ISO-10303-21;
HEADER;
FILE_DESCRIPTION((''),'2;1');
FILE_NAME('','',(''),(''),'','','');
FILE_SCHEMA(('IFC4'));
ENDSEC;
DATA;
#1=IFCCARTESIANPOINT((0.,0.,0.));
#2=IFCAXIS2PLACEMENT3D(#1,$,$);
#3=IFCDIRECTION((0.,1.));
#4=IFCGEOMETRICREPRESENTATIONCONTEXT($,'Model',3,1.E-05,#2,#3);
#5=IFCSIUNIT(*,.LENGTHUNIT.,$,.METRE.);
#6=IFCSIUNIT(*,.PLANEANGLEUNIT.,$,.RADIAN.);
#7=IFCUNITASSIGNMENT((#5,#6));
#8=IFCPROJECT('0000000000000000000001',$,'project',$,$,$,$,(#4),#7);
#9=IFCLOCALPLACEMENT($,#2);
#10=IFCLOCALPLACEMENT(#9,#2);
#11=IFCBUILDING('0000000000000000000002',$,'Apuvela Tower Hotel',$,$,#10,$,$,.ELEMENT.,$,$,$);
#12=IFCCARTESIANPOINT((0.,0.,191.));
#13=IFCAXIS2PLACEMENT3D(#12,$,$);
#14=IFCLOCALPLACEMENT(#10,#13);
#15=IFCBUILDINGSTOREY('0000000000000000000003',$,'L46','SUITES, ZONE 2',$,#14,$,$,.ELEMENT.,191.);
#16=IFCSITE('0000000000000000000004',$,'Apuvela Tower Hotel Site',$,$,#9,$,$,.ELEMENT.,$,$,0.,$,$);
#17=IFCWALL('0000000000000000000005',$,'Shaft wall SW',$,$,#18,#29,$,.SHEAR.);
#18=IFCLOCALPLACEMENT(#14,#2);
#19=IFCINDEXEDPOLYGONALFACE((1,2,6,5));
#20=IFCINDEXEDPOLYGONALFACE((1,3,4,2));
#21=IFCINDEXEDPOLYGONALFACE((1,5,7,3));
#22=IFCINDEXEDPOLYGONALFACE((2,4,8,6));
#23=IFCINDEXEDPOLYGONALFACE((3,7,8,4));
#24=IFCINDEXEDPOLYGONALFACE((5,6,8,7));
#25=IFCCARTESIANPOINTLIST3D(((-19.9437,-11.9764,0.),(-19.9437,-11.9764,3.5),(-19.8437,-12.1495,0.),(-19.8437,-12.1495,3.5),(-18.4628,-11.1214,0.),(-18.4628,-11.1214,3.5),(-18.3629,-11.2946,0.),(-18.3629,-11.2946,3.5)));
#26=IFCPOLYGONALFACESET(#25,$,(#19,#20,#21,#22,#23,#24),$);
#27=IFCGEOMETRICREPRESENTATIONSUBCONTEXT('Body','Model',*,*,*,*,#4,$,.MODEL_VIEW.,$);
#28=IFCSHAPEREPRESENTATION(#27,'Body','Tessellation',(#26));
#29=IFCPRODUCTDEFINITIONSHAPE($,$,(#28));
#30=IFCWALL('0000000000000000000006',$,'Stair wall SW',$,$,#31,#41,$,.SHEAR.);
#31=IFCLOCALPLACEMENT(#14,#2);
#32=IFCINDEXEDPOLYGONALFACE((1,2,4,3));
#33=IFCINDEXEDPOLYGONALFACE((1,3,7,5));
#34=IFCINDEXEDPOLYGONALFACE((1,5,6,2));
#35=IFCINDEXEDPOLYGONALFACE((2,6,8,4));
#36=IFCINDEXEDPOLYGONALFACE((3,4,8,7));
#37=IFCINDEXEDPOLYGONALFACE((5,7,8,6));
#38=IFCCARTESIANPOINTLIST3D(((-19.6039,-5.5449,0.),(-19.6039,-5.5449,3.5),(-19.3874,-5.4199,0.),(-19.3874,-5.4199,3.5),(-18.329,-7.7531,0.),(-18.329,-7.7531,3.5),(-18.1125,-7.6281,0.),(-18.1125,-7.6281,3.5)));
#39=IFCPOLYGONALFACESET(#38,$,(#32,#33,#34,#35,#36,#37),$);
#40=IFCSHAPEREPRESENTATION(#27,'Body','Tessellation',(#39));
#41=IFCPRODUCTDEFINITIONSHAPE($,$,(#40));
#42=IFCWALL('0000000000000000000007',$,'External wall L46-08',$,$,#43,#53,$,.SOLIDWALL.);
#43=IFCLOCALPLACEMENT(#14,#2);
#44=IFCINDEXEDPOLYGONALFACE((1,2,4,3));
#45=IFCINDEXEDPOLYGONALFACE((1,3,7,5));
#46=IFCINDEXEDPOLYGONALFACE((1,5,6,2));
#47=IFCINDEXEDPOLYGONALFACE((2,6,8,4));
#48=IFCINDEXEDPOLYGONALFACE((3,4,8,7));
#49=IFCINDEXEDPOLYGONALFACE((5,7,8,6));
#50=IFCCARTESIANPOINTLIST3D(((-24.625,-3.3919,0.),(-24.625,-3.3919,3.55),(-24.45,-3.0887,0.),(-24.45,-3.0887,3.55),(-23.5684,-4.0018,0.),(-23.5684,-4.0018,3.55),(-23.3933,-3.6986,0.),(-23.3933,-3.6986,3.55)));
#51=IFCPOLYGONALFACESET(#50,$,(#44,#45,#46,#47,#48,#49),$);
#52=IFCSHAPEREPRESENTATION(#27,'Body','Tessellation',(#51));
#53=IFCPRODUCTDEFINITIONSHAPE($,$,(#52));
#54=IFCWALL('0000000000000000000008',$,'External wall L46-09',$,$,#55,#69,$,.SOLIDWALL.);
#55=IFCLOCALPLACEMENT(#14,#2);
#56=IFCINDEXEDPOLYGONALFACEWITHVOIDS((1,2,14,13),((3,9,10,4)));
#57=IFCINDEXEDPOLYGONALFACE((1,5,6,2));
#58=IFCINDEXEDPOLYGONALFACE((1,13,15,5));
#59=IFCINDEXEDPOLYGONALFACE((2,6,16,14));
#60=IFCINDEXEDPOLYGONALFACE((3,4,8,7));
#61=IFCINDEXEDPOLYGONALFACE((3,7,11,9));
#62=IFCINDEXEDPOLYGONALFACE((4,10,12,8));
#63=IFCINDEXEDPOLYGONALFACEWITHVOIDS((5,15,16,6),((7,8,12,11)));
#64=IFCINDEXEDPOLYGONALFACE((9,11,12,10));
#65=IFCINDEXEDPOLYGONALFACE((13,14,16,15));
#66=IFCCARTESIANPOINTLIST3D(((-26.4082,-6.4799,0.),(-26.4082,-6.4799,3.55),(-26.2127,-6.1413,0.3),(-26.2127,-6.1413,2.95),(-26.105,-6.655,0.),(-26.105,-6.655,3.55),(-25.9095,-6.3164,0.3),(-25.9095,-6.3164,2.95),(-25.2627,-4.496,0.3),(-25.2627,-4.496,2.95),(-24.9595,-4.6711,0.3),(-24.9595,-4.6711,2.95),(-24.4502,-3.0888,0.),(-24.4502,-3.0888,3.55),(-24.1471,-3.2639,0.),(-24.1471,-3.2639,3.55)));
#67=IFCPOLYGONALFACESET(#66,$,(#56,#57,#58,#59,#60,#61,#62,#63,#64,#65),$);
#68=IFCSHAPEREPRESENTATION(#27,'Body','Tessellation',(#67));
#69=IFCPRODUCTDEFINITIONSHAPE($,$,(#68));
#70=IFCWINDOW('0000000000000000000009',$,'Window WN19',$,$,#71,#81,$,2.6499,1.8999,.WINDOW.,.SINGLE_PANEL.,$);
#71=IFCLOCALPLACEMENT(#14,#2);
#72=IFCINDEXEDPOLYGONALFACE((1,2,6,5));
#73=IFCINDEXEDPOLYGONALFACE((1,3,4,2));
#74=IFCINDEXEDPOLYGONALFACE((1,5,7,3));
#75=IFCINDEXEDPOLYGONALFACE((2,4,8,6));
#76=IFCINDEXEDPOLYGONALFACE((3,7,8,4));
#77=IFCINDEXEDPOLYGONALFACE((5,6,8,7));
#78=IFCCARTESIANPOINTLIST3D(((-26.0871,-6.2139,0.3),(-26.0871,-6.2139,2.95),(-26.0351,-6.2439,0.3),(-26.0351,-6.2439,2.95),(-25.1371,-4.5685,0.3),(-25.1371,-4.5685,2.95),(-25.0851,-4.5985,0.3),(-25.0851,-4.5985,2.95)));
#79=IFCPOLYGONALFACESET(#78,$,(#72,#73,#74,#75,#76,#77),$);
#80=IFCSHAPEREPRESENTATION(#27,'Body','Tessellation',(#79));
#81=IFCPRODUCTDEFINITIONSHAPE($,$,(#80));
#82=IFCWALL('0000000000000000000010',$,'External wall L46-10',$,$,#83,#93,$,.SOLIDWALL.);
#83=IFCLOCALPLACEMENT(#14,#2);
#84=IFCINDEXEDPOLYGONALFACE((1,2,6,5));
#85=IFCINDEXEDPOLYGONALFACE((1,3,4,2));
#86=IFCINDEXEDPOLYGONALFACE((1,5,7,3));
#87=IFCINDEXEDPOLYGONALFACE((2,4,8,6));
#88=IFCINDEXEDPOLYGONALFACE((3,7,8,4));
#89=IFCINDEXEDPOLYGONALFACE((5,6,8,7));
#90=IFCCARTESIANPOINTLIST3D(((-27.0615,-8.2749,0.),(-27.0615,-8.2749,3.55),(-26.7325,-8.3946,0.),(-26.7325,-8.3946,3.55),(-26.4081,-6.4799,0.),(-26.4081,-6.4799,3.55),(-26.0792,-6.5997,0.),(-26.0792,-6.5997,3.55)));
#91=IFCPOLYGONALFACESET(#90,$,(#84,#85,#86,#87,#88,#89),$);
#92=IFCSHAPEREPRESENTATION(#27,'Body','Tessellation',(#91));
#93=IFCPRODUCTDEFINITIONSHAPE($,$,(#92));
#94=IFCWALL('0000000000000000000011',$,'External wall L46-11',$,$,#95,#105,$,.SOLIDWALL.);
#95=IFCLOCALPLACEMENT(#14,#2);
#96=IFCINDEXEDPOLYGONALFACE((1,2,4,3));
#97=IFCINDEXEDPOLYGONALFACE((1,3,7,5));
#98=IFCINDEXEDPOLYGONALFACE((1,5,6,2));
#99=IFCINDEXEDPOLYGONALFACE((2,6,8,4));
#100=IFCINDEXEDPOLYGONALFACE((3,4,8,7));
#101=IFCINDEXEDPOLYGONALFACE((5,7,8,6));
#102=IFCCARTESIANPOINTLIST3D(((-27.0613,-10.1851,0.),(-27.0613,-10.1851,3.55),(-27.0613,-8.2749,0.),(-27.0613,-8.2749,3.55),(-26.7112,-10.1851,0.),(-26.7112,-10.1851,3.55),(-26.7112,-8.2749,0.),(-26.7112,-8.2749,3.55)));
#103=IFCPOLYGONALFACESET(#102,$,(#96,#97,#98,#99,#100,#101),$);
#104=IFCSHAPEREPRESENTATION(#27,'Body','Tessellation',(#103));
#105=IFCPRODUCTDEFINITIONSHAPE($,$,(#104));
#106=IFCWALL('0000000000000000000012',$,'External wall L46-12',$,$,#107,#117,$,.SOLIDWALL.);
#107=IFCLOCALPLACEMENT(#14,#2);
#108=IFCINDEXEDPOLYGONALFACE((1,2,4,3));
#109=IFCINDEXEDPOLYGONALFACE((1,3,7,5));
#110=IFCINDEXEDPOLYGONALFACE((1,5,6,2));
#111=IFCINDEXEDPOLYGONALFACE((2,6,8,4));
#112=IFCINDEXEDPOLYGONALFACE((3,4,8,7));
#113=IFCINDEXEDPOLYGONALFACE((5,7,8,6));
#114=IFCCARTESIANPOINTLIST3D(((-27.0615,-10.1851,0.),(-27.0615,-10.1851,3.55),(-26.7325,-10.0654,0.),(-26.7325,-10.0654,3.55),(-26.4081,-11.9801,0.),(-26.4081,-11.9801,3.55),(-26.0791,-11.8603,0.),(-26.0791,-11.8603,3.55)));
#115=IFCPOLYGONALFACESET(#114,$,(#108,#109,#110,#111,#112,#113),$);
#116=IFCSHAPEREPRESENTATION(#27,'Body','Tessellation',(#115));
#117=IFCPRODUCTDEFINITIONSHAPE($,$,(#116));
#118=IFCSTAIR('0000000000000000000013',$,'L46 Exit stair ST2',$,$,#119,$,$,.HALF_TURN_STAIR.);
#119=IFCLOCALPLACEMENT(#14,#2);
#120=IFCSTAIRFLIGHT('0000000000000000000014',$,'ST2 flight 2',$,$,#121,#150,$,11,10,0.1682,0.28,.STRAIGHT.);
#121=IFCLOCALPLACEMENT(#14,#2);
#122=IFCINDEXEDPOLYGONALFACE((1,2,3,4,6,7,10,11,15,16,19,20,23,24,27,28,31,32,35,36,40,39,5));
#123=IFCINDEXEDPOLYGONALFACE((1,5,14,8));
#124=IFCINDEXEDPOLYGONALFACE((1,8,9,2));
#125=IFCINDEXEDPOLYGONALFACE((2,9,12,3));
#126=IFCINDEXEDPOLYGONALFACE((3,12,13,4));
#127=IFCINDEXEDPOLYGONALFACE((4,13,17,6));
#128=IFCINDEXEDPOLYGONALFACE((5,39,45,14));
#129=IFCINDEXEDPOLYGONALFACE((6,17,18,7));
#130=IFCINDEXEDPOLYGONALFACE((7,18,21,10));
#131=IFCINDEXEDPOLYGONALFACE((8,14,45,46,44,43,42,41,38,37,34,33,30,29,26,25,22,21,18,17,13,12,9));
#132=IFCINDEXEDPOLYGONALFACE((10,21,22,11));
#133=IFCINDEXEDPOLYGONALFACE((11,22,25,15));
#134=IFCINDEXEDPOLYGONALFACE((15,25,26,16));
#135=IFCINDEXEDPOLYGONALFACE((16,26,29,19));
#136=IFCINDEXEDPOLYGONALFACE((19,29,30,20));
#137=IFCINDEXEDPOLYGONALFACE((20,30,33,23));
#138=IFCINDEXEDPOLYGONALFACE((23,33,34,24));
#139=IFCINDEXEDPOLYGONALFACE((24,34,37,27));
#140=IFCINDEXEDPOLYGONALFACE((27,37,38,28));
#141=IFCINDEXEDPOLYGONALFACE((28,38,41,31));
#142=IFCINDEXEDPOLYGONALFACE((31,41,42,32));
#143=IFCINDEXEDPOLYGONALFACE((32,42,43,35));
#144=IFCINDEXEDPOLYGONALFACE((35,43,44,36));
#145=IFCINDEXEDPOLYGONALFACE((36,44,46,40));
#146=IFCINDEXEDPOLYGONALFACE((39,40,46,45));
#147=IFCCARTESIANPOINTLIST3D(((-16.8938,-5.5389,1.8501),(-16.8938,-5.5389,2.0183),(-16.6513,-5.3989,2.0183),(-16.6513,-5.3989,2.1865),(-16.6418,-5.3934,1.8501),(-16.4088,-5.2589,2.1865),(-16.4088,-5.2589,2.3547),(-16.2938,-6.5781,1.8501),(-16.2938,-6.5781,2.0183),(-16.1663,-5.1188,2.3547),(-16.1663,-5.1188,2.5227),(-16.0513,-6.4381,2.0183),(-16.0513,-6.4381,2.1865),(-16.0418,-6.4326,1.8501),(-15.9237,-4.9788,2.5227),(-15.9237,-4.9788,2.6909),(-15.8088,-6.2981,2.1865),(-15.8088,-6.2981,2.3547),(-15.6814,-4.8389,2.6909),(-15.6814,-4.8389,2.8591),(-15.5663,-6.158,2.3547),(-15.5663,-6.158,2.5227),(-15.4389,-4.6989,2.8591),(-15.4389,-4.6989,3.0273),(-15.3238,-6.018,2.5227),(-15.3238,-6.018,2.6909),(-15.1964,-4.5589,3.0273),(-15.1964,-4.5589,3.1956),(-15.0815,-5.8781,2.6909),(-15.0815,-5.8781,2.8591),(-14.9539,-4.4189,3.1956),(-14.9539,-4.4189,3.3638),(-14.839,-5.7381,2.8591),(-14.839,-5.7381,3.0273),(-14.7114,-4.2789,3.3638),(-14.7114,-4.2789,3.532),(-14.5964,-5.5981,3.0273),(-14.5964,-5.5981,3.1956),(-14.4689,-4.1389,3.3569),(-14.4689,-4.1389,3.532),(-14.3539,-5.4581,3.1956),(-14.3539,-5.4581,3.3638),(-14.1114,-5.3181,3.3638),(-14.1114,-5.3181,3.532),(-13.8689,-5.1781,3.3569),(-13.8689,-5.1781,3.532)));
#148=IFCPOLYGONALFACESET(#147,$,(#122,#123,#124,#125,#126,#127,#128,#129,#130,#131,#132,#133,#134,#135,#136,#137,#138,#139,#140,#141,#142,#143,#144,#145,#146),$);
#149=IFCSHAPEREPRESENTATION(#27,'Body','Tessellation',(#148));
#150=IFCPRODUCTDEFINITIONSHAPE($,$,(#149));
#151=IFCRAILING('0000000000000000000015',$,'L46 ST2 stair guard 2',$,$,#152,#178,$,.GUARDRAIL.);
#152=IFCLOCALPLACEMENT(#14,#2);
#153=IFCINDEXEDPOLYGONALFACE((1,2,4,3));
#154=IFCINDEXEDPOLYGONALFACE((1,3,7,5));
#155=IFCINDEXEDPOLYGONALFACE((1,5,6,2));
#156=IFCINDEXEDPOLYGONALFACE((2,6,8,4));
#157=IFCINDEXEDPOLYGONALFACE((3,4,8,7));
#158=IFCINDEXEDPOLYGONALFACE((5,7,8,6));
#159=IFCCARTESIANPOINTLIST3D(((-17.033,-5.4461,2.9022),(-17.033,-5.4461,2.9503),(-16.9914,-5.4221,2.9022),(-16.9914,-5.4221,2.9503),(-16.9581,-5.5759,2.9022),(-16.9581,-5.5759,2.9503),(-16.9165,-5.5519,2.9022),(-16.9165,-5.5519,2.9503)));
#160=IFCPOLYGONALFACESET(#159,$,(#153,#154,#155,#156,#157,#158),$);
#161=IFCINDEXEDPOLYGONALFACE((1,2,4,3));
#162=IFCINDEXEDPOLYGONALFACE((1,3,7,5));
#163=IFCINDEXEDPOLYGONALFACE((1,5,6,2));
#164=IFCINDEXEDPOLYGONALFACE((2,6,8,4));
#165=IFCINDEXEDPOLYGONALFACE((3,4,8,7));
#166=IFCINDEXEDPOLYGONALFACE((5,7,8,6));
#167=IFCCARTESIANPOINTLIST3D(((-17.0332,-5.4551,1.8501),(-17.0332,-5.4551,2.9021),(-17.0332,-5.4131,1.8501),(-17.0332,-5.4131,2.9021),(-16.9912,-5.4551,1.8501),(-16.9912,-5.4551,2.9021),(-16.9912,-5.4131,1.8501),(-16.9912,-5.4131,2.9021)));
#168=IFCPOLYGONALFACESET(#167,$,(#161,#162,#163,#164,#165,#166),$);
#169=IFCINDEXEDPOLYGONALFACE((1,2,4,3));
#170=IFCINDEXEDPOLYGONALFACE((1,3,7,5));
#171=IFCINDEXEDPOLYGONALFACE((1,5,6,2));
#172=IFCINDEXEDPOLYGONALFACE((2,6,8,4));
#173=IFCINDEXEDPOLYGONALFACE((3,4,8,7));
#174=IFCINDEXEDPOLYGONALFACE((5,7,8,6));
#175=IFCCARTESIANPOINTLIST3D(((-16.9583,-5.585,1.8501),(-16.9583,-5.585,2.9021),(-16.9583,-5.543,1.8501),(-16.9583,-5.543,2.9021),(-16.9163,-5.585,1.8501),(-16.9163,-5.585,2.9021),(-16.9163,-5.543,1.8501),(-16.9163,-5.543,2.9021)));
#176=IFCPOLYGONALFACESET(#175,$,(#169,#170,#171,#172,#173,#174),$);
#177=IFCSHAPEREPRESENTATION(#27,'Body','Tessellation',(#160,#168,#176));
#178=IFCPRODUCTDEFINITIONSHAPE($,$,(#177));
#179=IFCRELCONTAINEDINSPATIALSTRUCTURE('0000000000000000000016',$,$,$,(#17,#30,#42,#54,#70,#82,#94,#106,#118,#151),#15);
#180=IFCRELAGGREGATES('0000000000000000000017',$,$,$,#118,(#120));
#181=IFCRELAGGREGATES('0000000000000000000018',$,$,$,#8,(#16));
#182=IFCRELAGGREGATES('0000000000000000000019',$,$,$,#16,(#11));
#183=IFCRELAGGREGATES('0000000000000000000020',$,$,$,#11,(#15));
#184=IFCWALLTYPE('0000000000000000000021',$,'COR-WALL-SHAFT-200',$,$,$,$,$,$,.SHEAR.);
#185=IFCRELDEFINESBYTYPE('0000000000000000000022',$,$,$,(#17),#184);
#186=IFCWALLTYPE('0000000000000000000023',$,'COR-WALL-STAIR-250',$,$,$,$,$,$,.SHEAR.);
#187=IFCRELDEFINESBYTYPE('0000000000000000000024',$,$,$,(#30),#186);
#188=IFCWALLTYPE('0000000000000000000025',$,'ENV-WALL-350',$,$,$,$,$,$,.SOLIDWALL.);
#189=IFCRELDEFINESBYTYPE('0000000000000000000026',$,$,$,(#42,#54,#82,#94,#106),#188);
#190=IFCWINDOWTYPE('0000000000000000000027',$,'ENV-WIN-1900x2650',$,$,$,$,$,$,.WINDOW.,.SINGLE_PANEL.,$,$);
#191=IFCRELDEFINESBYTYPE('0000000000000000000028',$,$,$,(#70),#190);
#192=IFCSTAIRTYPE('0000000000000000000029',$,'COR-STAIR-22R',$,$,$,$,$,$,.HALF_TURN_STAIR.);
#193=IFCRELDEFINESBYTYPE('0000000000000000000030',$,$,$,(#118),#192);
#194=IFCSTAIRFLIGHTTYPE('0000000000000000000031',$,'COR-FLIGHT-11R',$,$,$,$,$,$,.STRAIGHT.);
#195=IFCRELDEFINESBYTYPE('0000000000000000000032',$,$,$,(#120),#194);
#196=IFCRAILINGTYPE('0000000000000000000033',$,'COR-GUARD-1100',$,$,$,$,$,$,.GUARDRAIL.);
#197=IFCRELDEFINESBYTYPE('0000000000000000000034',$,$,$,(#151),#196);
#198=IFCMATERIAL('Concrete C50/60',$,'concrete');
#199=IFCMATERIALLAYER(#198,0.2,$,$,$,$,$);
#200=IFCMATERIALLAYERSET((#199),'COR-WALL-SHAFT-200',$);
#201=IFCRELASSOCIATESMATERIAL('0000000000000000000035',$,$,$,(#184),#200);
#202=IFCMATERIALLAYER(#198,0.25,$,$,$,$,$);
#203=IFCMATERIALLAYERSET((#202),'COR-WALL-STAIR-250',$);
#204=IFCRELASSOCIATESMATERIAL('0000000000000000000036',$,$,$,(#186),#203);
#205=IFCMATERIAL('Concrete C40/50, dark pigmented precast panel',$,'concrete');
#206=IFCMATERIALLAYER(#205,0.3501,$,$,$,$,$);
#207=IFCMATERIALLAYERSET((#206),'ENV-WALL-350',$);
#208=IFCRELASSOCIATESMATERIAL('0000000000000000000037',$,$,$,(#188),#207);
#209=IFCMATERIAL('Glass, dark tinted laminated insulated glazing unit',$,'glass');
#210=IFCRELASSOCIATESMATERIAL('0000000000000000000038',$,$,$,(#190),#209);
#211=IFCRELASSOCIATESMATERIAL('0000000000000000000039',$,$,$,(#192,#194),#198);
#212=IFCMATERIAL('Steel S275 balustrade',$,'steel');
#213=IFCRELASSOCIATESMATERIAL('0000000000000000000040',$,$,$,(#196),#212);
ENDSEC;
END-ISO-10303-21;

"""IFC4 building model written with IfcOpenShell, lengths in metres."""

from ifc_helpers import new_model, si_unit, direction, frame, frame_2d, origin, origin_2d, place, context, subcontext, project, spatial, polyline, rectangle, outline, extrude, material, layer, layer_set, type_object, element, fill, aggregate, save


model = new_model("IFC4")

# Units and contexts
model_context = context("Model", 3, precision=1e-05, world=origin(), true_north=direction((0.0, 1.0)))
body_context = subcontext(model_context, "Body", "Model", "MODEL_VIEW")
ifc_project = project(units=[si_unit("LENGTHUNIT", "METRE"), si_unit("PLANEANGLEUNIT", "RADIAN")], contexts=[model_context])

# Site, building, storey
site_placement = place(None, origin())
site = spatial("IfcSite", under=ifc_project, at=site_placement, Name="Apuvela Tower Hotel Site", CompositionType="ELEMENT", RefElevation=0.0)
building_placement = place(site_placement, origin())
building = spatial("IfcBuilding", under=site, at=building_placement, Name="Apuvela Tower Hotel", CompositionType="ELEMENT")
storey_placement = place(building_placement, frame((0.0, 0.0, 191.0)))
storey = spatial("IfcBuildingStorey", under=building, at=storey_placement, Name="L46", Description="SUITES, ZONE 2", CompositionType="ELEMENT", Elevation=191.0)

# Walls
ifc_material_1 = material(Name="Concrete C50/60", Category="concrete")
ifc_layer_1 = layer(ifc_material_1, 0.2)
ifc_layer_set_1 = layer_set([ifc_layer_1], Name="COR-WALL-SHAFT-200")
wall_type_1 = type_object("IfcWallType", Name="COR-WALL-SHAFT-200", PredefinedType="SHEAR", material=ifc_layer_set_1)
wall_1_placement = place(storey_placement, frame((-18.4128, -11.208, 0.0), z_axis=(0.0, 0.0, 1.0), x_axis=(-0.866038, -0.499978, 0.0)))
element("IfcWall", 1, at=wall_1_placement, inside=storey, type_object=wall_type_1, Name="Shaft wall SW", PredefinedType="SHEAR", context=body_context, shape_type="SweptSolid", body=[
    extrude(rectangle(XDim=1.71, YDim=0.2, at=frame_2d((0.855, 0.0))), origin(), (0.0, 0.0, 1.0), 3.5),
])
ifc_layer_2 = layer(ifc_material_1, 0.25)
ifc_layer_set_2 = layer_set([ifc_layer_2], Name="COR-WALL-STAIR-250")
wall_type_2 = type_object("IfcWallType", Name="COR-WALL-STAIR-250", PredefinedType="SHEAR", material=ifc_layer_set_2)
wall_2_placement = place(storey_placement, frame((-19.4956, -5.4824, 0.0), z_axis=(0.0, 0.0, 1.0), x_axis=(0.49999, -0.866031, 0.0)))
element("IfcWall", 2, at=wall_2_placement, inside=storey, type_object=wall_type_2, Name="Stair wall SW", PredefinedType="SHEAR", context=body_context, shape_type="SweptSolid", body=[
    extrude(rectangle(XDim=2.5498, YDim=0.25, at=frame_2d((1.2749, 0.0))), origin(), (0.0, 0.0, 1.0), 3.5),
])
ifc_material_2 = material(Name="Concrete C40/50, dark pigmented precast panel", Category="concrete")
ifc_layer_3 = layer(ifc_material_2, 0.3501)
ifc_layer_set_3 = layer_set([ifc_layer_3], Name="ENV-WALL-350")
wall_type_3 = type_object("IfcWallType", Name="ENV-WALL-350", PredefinedType="SOLIDWALL", material=ifc_layer_set_3)
wall_3_placement = place(storey_placement, frame((-23.481, -3.8501, 0.0), z_axis=(0.0, 0.0, 1.0), x_axis=(-0.866092, 0.499884, 0.0)))
element("IfcWall", 3, at=wall_3_placement, inside=storey, type_object=wall_type_3, Name="External wall L46-08", PredefinedType="SOLIDWALL", context=body_context, shape_type="SweptSolid", body=[
    extrude(rectangle(XDim=1.22, YDim=0.3501, at=frame_2d((0.6099, 0.0))), origin(), (0.0, 0.0, 1.0), 3.55),
])

# Wall, opening, window
wall_4_placement = place(storey_placement, frame((-24.2986, -3.1763, 0.0), z_axis=(0.0, 0.0, 1.0), x_axis=(-0.500028, -0.866009, 0.0)))
wall_4 = element("IfcWall", 4, at=wall_4_placement, inside=storey, type_object=wall_type_3, Name="External wall L46-09", PredefinedType="SOLIDWALL", context=body_context, shape_type="SweptSolid", body=[
    extrude(rectangle(XDim=3.9158, YDim=0.3501, at=frame_2d((1.958, 0.0))), origin(), (0.0, 0.0, 1.0), 3.55),
])
opening_1_placement = place(wall_4_placement, frame((1.625, 0.0, 0.3)))
opening_1 = element("IfcOpeningElement", 5, at=opening_1_placement, cuts=wall_4, PredefinedType="OPENING", context=body_context, shape_type="SweptSolid", body=[
    extrude(rectangle(XDim=1.8999, YDim=2.6499, at=frame_2d((0.95, 1.325))), frame((0.0, 0.1851, 0.0), z_axis=(0.0, -1.0, 0.0), x_axis=(1.0, 0.0, 0.0)), (0.0, 0.0, 1.0), 0.3701),
])
ifc_material_3 = material(Name="Glass, dark tinted laminated insulated glazing unit", Category="glass")
window_type = type_object("IfcWindowType", Name="ENV-WIN-1900x2650", PartitioningType="SINGLE_PANEL", PredefinedType="WINDOW", material=ifc_material_3)
window_placement = place(opening_1_placement, origin())
window = element("IfcWindow", 6, at=window_placement, inside=storey, type_object=window_type, Name="Window WN19", OverallHeight=2.6499, OverallWidth=1.8999, PartitioningType="SINGLE_PANEL", PredefinedType="WINDOW", context=body_context, shape_type="SweptSolid", body=[
    extrude(rectangle(XDim=1.8999, YDim=2.6499, at=frame_2d((0.95, 1.325))), frame((0.0, 0.03, 0.0), z_axis=(0.0, -1.0, 0.0), x_axis=(1.0, 0.0, 0.0)), (0.0, 0.0, 1.0), 0.0601),
])
fill(opening_1, window)

# Walls
for number, where, z_axis, x_axis, name in (
    (7, (-26.2437, -6.5398, 0.0), (0.0, 0.0, 1.0), (-0.34203, -0.939689, 0.0), "External wall L46-10"),
    (8, (-26.8862, -8.2749, 0.0), (0.0, 0.0, 1.0), (0.0, -1.0, 0.0), "External wall L46-11"),
    (9, (-26.897, -10.1252, 0.0), (0.0, 0.0, 1.0), (0.34203, -0.939689, 0.0), "External wall L46-12"),
):
    element("IfcWall", number, at=place(storey_placement, frame(where, z_axis=z_axis, x_axis=x_axis)), inside=storey, type_object=wall_type_3, Name=name, PredefinedType="SOLIDWALL", context=body_context, shape_type="SweptSolid", body=[
        extrude(rectangle(XDim=1.9102, YDim=0.3501, at=frame_2d((0.9551, 0.0))), origin(), (0.0, 0.0, 1.0), 3.55),
    ])

# Stair, stair flight
stair_type = type_object("IfcStairType", Name="COR-STAIR-22R", PredefinedType="HALF_TURN_STAIR", material=ifc_material_1)
stair_placement = place(storey_placement, origin())
stair = element("IfcStair", 10, at=stair_placement, inside=storey, type_object=stair_type, Name="L46 Exit stair ST2", PredefinedType="HALF_TURN_STAIR")
stair_flight_type = type_object("IfcStairFlightType", Name="COR-FLIGHT-11R", PredefinedType="STRAIGHT", material=ifc_material_1)
stair_flight_placement = place(storey_placement, frame((-16.5938, -6.0586, 1.8501), z_axis=(0.0, 0.0, 1.0), x_axis=(0.866025, 0.5, 0.0)))
stair_flight = element("IfcStairFlight", 11, at=stair_flight_placement, type_object=stair_flight_type, Name="ST2 flight 2", NumberOfRisers=11, NumberOfTreads=10, PredefinedType="STRAIGHT", RiserHeight=0.1682, TreadLength=0.28, context=body_context, shape_type="SweptSolid", body=[
    extrude(outline(polyline([(0.0, 0.0), (0.0, 0.1682), (0.28, 0.1682), (0.28, 0.3364), (0.5601, 0.3364), (0.5601, 0.5046), (0.8401, 0.5046), (0.8401, 0.6726), (1.1201, 0.6726), (1.1201, 0.8408), (1.3999, 0.8408), (1.3999, 1.009), (1.6799, 1.009), (1.6799, 1.1772), (1.96, 1.1772), (1.96, 1.3455), (2.24, 1.3455), (2.24, 1.5137), (2.52, 1.5137), (2.52, 1.6819), (2.8, 1.6819), (2.8, 1.8501), (2.8, 1.5068), (0.291, 0.0), (0.0, 0.0)])), frame((0.0, 0.6001, 0.0), z_axis=(0.0, -1.0, 0.0), x_axis=(1.0, 0.0, 0.0)), (0.0, 0.0, 1.0), 1.2),
])
aggregate(stair, [stair_flight])

# Railing
ifc_material_4 = material(Name="Steel S275 balustrade", Category="steel")
railing_type_1 = type_object("IfcRailingType", Name="COR-GUARD-1100", PredefinedType="GUARDRAIL", material=ifc_material_4)
railing_1_placement = place(storey_placement, frame((-17.0122, -5.4341, 1.8501)))
element("IfcRailing", 12, at=railing_1_placement, inside=storey, type_object=railing_type_1, Name="L46 ST2 stair guard 2", PredefinedType="GUARDRAIL", context=body_context, shape_type="SweptSolid", body=[
    extrude(rectangle(XDim=0.0481, YDim=0.0481, at=origin_2d()), frame((0.0, 0.0, 1.0762), z_axis=(0.499816, -0.866131, 0.0), x_axis=(0.866131, 0.499816, 0.0)), (0.0, 0.0, 1.0), 0.1499),
    extrude(rectangle(XDim=0.042, YDim=0.042, at=origin_2d()), origin(), (0.0, 0.0, 1.0), 1.052),
    extrude(rectangle(XDim=0.042, YDim=0.042, at=origin_2d()), frame((0.075, -0.1299, 0.0)), (0.0, 0.0, 1.0), 1.052),
])

save(model, "model.ifc")
